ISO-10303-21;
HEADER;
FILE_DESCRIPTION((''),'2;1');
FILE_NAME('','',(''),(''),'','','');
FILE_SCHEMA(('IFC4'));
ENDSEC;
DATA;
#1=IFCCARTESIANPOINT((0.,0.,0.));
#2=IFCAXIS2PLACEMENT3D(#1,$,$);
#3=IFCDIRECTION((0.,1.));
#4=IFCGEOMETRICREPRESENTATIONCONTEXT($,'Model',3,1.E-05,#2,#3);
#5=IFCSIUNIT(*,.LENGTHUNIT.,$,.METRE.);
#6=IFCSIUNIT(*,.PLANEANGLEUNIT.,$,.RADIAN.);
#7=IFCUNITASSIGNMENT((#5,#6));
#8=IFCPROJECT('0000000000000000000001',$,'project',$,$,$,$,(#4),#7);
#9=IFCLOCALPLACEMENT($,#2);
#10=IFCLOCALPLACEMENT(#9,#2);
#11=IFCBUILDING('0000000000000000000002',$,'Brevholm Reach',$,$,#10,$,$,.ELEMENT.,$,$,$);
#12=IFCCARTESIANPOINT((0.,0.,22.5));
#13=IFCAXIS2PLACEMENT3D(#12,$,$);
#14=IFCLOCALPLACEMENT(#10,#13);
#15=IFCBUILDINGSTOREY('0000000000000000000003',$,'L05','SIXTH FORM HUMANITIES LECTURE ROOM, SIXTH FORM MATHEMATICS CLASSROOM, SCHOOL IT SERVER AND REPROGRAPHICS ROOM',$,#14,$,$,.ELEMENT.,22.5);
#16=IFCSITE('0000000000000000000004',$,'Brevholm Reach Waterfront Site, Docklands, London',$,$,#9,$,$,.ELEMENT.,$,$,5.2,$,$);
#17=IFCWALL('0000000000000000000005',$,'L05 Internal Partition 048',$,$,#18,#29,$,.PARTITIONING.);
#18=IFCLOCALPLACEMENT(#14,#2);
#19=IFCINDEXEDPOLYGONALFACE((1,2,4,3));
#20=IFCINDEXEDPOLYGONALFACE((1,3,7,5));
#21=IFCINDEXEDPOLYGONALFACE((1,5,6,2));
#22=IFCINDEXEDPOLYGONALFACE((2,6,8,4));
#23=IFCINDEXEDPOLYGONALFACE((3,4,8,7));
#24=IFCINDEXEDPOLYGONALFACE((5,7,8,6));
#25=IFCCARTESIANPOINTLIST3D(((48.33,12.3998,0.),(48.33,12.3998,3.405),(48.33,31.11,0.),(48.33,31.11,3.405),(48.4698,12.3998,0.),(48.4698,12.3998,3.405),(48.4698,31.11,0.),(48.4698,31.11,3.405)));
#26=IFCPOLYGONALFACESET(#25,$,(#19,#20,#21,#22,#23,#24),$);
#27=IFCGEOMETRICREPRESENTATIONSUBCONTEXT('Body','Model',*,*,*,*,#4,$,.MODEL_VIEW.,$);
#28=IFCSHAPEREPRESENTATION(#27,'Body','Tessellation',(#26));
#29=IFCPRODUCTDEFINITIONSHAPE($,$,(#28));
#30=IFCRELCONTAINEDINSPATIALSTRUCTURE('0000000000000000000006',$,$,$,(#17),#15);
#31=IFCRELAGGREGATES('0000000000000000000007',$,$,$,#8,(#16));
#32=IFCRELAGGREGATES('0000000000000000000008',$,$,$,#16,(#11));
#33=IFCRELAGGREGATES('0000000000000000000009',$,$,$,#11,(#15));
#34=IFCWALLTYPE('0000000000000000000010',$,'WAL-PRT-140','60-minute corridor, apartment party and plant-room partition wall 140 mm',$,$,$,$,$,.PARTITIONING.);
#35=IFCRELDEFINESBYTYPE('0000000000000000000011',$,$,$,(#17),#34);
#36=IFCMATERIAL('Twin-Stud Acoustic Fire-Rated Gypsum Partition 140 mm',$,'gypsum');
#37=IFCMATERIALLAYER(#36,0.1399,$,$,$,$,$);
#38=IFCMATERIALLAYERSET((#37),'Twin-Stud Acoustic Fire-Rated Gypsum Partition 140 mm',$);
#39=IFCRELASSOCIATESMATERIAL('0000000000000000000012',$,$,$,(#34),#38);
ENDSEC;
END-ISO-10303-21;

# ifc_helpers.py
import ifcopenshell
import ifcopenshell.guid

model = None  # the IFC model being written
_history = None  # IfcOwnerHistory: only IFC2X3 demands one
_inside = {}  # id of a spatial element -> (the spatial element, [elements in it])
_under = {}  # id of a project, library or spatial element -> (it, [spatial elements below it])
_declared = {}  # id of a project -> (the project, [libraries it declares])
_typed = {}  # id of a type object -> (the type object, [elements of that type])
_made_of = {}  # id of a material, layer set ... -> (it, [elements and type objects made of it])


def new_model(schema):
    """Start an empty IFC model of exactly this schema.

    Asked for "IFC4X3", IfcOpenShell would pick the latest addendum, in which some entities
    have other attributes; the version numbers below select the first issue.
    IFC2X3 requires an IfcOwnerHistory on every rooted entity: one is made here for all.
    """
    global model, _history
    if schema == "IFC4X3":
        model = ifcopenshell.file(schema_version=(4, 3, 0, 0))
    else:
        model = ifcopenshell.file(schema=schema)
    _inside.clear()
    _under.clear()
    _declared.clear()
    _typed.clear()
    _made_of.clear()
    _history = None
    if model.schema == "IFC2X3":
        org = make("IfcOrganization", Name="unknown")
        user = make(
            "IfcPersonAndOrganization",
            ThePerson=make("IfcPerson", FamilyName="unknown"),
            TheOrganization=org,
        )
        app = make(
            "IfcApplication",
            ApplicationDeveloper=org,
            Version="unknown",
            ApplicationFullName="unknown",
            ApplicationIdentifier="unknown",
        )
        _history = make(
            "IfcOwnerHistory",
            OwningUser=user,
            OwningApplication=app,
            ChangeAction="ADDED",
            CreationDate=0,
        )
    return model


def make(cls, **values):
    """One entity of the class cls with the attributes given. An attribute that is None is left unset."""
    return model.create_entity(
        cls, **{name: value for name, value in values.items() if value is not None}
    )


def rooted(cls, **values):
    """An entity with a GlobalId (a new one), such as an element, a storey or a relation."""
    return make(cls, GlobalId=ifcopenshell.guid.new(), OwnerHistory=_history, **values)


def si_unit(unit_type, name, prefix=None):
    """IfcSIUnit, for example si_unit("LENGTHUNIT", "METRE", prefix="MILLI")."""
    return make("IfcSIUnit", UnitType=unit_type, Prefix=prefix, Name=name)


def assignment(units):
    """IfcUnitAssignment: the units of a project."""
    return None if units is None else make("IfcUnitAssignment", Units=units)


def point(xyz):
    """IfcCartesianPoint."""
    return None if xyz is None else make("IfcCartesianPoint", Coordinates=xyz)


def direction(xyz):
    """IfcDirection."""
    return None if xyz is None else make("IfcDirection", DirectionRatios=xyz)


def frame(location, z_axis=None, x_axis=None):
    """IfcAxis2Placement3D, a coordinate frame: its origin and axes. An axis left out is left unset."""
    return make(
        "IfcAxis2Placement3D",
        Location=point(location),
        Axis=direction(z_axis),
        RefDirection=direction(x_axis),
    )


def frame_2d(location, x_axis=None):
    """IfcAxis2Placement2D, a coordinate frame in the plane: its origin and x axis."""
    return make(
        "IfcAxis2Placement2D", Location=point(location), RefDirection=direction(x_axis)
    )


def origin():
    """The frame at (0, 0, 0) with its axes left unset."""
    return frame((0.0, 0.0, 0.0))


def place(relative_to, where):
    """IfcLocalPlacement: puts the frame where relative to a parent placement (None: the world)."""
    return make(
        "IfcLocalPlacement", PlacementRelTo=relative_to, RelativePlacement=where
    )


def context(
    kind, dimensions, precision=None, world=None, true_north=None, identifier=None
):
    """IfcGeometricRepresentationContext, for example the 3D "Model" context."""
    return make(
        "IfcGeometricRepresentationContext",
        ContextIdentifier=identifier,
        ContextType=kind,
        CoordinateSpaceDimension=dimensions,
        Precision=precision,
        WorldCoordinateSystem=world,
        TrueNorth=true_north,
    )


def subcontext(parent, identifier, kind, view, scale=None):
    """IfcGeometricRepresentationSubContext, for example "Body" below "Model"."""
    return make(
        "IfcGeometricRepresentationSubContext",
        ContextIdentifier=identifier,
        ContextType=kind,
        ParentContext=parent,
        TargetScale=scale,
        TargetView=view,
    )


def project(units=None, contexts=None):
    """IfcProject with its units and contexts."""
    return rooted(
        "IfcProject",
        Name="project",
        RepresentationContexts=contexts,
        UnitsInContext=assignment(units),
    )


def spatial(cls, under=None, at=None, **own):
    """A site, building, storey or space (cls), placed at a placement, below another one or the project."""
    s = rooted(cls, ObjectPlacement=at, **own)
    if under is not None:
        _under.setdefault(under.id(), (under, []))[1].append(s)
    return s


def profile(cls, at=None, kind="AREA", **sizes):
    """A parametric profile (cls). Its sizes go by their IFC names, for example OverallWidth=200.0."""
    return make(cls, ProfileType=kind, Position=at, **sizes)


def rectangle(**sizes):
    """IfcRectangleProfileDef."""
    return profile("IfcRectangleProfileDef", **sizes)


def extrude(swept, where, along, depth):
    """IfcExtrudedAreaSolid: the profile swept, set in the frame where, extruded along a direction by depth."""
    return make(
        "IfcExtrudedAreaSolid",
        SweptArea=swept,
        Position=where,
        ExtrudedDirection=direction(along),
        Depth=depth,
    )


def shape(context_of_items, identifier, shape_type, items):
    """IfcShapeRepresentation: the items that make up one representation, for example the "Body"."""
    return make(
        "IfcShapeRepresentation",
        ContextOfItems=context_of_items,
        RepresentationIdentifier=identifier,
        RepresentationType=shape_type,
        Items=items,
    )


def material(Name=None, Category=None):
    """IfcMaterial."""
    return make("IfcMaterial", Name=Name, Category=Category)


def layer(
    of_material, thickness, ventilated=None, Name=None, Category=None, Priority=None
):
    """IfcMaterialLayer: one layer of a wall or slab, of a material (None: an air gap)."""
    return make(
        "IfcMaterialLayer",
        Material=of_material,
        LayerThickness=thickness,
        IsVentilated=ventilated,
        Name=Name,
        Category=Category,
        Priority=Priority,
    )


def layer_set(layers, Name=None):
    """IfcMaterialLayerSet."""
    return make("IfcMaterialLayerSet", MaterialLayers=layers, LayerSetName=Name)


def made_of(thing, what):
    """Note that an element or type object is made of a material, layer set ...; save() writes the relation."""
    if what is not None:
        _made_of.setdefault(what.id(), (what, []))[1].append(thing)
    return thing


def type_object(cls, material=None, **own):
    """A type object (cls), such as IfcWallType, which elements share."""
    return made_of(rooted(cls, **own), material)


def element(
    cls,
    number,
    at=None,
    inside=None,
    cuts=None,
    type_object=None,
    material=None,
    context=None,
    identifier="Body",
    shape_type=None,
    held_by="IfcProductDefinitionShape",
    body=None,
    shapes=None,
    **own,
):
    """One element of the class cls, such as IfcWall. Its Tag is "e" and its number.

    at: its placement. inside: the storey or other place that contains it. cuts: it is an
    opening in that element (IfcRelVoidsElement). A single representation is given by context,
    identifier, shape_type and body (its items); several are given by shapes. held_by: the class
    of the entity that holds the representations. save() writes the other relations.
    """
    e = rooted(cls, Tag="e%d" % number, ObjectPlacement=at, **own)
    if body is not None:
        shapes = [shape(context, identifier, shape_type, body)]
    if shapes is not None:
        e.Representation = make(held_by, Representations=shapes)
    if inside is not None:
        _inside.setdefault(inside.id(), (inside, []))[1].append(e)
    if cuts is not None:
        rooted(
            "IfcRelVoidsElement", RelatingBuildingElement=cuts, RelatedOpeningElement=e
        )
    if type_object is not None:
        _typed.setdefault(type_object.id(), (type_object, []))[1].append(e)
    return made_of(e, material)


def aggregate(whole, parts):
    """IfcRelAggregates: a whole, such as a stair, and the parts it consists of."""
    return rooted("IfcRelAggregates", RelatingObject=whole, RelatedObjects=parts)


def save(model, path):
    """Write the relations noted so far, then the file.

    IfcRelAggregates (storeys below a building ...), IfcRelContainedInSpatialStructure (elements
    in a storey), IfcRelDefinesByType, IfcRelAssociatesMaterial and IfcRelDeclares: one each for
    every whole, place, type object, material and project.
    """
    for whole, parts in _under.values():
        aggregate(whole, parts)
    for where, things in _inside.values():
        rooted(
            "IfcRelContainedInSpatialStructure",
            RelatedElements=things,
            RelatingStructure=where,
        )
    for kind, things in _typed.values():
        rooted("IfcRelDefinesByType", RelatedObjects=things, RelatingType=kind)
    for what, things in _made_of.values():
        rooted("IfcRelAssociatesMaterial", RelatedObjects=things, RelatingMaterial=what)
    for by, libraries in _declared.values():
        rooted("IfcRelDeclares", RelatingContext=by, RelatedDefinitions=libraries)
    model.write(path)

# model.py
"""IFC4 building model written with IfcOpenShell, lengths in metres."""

from ifc_helpers import new_model, si_unit, direction, frame, frame_2d, origin, place, context, subcontext, project, spatial, rectangle, extrude, material, layer, layer_set, type_object, element, save


model = new_model("IFC4")

# Units and contexts
model_context = context("Model", 3, precision=1e-05, world=origin(), true_north=direction((0.0, 1.0)))
body_context = subcontext(model_context, "Body", "Model", "MODEL_VIEW")
ifc_project = project(units=[si_unit("LENGTHUNIT", "METRE"), si_unit("PLANEANGLEUNIT", "RADIAN")], contexts=[model_context])

# Site, building, storey
site_placement = place(None, origin())
site = spatial("IfcSite", under=ifc_project, at=site_placement, Name="Brevholm Reach Waterfront Site, Docklands, London", CompositionType="ELEMENT", RefElevation=5.2)
building_placement = place(site_placement, origin())
building = spatial("IfcBuilding", under=site, at=building_placement, Name="Brevholm Reach", CompositionType="ELEMENT")
storey_placement = place(building_placement, frame((0.0, 0.0, 22.5)))
storey = spatial("IfcBuildingStorey", under=building, at=storey_placement, Name="L05", Description="SIXTH FORM HUMANITIES LECTURE ROOM, SIXTH FORM MATHEMATICS CLASSROOM, SCHOOL IT SERVER AND REPROGRAPHICS ROOM", CompositionType="ELEMENT", Elevation=22.5)

# Wall
ifc_material_1 = material(Name="Twin-Stud Acoustic Fire-Rated Gypsum Partition 140 mm", Category="gypsum")
ifc_layer_1 = layer(ifc_material_1, 0.1399)
ifc_layer_set_1 = layer_set([ifc_layer_1], Name="Twin-Stud Acoustic Fire-Rated Gypsum Partition 140 mm")
wall_type_1 = type_object("IfcWallType", Name="WAL-PRT-140", Description="60-minute corridor, apartment party and plant-room partition wall 140 mm", PredefinedType="PARTITIONING", material=ifc_layer_set_1)
for number, where, z_axis, x_axis, name in (
    (1, (48.3999, 12.3999, 0.0), (0.0, 0.0, 1.0), (0.0, 1.0, 0.0), "L05 Internal Partition 048"),
):
    element("IfcWall", number, at=place(storey_placement, frame(where, z_axis=z_axis, x_axis=x_axis)), inside=storey, type_object=wall_type_1, Name=name, PredefinedType="PARTITIONING", context=body_context, shape_type="SweptSolid", body=[
        extrude(rectangle(XDim=18.7102, YDim=0.1399, at=frame_2d((9.355, 0.0))), origin(), (0.0, 0.0, 1.0), 3.405),
    ])

save(model, "model.ifc")
